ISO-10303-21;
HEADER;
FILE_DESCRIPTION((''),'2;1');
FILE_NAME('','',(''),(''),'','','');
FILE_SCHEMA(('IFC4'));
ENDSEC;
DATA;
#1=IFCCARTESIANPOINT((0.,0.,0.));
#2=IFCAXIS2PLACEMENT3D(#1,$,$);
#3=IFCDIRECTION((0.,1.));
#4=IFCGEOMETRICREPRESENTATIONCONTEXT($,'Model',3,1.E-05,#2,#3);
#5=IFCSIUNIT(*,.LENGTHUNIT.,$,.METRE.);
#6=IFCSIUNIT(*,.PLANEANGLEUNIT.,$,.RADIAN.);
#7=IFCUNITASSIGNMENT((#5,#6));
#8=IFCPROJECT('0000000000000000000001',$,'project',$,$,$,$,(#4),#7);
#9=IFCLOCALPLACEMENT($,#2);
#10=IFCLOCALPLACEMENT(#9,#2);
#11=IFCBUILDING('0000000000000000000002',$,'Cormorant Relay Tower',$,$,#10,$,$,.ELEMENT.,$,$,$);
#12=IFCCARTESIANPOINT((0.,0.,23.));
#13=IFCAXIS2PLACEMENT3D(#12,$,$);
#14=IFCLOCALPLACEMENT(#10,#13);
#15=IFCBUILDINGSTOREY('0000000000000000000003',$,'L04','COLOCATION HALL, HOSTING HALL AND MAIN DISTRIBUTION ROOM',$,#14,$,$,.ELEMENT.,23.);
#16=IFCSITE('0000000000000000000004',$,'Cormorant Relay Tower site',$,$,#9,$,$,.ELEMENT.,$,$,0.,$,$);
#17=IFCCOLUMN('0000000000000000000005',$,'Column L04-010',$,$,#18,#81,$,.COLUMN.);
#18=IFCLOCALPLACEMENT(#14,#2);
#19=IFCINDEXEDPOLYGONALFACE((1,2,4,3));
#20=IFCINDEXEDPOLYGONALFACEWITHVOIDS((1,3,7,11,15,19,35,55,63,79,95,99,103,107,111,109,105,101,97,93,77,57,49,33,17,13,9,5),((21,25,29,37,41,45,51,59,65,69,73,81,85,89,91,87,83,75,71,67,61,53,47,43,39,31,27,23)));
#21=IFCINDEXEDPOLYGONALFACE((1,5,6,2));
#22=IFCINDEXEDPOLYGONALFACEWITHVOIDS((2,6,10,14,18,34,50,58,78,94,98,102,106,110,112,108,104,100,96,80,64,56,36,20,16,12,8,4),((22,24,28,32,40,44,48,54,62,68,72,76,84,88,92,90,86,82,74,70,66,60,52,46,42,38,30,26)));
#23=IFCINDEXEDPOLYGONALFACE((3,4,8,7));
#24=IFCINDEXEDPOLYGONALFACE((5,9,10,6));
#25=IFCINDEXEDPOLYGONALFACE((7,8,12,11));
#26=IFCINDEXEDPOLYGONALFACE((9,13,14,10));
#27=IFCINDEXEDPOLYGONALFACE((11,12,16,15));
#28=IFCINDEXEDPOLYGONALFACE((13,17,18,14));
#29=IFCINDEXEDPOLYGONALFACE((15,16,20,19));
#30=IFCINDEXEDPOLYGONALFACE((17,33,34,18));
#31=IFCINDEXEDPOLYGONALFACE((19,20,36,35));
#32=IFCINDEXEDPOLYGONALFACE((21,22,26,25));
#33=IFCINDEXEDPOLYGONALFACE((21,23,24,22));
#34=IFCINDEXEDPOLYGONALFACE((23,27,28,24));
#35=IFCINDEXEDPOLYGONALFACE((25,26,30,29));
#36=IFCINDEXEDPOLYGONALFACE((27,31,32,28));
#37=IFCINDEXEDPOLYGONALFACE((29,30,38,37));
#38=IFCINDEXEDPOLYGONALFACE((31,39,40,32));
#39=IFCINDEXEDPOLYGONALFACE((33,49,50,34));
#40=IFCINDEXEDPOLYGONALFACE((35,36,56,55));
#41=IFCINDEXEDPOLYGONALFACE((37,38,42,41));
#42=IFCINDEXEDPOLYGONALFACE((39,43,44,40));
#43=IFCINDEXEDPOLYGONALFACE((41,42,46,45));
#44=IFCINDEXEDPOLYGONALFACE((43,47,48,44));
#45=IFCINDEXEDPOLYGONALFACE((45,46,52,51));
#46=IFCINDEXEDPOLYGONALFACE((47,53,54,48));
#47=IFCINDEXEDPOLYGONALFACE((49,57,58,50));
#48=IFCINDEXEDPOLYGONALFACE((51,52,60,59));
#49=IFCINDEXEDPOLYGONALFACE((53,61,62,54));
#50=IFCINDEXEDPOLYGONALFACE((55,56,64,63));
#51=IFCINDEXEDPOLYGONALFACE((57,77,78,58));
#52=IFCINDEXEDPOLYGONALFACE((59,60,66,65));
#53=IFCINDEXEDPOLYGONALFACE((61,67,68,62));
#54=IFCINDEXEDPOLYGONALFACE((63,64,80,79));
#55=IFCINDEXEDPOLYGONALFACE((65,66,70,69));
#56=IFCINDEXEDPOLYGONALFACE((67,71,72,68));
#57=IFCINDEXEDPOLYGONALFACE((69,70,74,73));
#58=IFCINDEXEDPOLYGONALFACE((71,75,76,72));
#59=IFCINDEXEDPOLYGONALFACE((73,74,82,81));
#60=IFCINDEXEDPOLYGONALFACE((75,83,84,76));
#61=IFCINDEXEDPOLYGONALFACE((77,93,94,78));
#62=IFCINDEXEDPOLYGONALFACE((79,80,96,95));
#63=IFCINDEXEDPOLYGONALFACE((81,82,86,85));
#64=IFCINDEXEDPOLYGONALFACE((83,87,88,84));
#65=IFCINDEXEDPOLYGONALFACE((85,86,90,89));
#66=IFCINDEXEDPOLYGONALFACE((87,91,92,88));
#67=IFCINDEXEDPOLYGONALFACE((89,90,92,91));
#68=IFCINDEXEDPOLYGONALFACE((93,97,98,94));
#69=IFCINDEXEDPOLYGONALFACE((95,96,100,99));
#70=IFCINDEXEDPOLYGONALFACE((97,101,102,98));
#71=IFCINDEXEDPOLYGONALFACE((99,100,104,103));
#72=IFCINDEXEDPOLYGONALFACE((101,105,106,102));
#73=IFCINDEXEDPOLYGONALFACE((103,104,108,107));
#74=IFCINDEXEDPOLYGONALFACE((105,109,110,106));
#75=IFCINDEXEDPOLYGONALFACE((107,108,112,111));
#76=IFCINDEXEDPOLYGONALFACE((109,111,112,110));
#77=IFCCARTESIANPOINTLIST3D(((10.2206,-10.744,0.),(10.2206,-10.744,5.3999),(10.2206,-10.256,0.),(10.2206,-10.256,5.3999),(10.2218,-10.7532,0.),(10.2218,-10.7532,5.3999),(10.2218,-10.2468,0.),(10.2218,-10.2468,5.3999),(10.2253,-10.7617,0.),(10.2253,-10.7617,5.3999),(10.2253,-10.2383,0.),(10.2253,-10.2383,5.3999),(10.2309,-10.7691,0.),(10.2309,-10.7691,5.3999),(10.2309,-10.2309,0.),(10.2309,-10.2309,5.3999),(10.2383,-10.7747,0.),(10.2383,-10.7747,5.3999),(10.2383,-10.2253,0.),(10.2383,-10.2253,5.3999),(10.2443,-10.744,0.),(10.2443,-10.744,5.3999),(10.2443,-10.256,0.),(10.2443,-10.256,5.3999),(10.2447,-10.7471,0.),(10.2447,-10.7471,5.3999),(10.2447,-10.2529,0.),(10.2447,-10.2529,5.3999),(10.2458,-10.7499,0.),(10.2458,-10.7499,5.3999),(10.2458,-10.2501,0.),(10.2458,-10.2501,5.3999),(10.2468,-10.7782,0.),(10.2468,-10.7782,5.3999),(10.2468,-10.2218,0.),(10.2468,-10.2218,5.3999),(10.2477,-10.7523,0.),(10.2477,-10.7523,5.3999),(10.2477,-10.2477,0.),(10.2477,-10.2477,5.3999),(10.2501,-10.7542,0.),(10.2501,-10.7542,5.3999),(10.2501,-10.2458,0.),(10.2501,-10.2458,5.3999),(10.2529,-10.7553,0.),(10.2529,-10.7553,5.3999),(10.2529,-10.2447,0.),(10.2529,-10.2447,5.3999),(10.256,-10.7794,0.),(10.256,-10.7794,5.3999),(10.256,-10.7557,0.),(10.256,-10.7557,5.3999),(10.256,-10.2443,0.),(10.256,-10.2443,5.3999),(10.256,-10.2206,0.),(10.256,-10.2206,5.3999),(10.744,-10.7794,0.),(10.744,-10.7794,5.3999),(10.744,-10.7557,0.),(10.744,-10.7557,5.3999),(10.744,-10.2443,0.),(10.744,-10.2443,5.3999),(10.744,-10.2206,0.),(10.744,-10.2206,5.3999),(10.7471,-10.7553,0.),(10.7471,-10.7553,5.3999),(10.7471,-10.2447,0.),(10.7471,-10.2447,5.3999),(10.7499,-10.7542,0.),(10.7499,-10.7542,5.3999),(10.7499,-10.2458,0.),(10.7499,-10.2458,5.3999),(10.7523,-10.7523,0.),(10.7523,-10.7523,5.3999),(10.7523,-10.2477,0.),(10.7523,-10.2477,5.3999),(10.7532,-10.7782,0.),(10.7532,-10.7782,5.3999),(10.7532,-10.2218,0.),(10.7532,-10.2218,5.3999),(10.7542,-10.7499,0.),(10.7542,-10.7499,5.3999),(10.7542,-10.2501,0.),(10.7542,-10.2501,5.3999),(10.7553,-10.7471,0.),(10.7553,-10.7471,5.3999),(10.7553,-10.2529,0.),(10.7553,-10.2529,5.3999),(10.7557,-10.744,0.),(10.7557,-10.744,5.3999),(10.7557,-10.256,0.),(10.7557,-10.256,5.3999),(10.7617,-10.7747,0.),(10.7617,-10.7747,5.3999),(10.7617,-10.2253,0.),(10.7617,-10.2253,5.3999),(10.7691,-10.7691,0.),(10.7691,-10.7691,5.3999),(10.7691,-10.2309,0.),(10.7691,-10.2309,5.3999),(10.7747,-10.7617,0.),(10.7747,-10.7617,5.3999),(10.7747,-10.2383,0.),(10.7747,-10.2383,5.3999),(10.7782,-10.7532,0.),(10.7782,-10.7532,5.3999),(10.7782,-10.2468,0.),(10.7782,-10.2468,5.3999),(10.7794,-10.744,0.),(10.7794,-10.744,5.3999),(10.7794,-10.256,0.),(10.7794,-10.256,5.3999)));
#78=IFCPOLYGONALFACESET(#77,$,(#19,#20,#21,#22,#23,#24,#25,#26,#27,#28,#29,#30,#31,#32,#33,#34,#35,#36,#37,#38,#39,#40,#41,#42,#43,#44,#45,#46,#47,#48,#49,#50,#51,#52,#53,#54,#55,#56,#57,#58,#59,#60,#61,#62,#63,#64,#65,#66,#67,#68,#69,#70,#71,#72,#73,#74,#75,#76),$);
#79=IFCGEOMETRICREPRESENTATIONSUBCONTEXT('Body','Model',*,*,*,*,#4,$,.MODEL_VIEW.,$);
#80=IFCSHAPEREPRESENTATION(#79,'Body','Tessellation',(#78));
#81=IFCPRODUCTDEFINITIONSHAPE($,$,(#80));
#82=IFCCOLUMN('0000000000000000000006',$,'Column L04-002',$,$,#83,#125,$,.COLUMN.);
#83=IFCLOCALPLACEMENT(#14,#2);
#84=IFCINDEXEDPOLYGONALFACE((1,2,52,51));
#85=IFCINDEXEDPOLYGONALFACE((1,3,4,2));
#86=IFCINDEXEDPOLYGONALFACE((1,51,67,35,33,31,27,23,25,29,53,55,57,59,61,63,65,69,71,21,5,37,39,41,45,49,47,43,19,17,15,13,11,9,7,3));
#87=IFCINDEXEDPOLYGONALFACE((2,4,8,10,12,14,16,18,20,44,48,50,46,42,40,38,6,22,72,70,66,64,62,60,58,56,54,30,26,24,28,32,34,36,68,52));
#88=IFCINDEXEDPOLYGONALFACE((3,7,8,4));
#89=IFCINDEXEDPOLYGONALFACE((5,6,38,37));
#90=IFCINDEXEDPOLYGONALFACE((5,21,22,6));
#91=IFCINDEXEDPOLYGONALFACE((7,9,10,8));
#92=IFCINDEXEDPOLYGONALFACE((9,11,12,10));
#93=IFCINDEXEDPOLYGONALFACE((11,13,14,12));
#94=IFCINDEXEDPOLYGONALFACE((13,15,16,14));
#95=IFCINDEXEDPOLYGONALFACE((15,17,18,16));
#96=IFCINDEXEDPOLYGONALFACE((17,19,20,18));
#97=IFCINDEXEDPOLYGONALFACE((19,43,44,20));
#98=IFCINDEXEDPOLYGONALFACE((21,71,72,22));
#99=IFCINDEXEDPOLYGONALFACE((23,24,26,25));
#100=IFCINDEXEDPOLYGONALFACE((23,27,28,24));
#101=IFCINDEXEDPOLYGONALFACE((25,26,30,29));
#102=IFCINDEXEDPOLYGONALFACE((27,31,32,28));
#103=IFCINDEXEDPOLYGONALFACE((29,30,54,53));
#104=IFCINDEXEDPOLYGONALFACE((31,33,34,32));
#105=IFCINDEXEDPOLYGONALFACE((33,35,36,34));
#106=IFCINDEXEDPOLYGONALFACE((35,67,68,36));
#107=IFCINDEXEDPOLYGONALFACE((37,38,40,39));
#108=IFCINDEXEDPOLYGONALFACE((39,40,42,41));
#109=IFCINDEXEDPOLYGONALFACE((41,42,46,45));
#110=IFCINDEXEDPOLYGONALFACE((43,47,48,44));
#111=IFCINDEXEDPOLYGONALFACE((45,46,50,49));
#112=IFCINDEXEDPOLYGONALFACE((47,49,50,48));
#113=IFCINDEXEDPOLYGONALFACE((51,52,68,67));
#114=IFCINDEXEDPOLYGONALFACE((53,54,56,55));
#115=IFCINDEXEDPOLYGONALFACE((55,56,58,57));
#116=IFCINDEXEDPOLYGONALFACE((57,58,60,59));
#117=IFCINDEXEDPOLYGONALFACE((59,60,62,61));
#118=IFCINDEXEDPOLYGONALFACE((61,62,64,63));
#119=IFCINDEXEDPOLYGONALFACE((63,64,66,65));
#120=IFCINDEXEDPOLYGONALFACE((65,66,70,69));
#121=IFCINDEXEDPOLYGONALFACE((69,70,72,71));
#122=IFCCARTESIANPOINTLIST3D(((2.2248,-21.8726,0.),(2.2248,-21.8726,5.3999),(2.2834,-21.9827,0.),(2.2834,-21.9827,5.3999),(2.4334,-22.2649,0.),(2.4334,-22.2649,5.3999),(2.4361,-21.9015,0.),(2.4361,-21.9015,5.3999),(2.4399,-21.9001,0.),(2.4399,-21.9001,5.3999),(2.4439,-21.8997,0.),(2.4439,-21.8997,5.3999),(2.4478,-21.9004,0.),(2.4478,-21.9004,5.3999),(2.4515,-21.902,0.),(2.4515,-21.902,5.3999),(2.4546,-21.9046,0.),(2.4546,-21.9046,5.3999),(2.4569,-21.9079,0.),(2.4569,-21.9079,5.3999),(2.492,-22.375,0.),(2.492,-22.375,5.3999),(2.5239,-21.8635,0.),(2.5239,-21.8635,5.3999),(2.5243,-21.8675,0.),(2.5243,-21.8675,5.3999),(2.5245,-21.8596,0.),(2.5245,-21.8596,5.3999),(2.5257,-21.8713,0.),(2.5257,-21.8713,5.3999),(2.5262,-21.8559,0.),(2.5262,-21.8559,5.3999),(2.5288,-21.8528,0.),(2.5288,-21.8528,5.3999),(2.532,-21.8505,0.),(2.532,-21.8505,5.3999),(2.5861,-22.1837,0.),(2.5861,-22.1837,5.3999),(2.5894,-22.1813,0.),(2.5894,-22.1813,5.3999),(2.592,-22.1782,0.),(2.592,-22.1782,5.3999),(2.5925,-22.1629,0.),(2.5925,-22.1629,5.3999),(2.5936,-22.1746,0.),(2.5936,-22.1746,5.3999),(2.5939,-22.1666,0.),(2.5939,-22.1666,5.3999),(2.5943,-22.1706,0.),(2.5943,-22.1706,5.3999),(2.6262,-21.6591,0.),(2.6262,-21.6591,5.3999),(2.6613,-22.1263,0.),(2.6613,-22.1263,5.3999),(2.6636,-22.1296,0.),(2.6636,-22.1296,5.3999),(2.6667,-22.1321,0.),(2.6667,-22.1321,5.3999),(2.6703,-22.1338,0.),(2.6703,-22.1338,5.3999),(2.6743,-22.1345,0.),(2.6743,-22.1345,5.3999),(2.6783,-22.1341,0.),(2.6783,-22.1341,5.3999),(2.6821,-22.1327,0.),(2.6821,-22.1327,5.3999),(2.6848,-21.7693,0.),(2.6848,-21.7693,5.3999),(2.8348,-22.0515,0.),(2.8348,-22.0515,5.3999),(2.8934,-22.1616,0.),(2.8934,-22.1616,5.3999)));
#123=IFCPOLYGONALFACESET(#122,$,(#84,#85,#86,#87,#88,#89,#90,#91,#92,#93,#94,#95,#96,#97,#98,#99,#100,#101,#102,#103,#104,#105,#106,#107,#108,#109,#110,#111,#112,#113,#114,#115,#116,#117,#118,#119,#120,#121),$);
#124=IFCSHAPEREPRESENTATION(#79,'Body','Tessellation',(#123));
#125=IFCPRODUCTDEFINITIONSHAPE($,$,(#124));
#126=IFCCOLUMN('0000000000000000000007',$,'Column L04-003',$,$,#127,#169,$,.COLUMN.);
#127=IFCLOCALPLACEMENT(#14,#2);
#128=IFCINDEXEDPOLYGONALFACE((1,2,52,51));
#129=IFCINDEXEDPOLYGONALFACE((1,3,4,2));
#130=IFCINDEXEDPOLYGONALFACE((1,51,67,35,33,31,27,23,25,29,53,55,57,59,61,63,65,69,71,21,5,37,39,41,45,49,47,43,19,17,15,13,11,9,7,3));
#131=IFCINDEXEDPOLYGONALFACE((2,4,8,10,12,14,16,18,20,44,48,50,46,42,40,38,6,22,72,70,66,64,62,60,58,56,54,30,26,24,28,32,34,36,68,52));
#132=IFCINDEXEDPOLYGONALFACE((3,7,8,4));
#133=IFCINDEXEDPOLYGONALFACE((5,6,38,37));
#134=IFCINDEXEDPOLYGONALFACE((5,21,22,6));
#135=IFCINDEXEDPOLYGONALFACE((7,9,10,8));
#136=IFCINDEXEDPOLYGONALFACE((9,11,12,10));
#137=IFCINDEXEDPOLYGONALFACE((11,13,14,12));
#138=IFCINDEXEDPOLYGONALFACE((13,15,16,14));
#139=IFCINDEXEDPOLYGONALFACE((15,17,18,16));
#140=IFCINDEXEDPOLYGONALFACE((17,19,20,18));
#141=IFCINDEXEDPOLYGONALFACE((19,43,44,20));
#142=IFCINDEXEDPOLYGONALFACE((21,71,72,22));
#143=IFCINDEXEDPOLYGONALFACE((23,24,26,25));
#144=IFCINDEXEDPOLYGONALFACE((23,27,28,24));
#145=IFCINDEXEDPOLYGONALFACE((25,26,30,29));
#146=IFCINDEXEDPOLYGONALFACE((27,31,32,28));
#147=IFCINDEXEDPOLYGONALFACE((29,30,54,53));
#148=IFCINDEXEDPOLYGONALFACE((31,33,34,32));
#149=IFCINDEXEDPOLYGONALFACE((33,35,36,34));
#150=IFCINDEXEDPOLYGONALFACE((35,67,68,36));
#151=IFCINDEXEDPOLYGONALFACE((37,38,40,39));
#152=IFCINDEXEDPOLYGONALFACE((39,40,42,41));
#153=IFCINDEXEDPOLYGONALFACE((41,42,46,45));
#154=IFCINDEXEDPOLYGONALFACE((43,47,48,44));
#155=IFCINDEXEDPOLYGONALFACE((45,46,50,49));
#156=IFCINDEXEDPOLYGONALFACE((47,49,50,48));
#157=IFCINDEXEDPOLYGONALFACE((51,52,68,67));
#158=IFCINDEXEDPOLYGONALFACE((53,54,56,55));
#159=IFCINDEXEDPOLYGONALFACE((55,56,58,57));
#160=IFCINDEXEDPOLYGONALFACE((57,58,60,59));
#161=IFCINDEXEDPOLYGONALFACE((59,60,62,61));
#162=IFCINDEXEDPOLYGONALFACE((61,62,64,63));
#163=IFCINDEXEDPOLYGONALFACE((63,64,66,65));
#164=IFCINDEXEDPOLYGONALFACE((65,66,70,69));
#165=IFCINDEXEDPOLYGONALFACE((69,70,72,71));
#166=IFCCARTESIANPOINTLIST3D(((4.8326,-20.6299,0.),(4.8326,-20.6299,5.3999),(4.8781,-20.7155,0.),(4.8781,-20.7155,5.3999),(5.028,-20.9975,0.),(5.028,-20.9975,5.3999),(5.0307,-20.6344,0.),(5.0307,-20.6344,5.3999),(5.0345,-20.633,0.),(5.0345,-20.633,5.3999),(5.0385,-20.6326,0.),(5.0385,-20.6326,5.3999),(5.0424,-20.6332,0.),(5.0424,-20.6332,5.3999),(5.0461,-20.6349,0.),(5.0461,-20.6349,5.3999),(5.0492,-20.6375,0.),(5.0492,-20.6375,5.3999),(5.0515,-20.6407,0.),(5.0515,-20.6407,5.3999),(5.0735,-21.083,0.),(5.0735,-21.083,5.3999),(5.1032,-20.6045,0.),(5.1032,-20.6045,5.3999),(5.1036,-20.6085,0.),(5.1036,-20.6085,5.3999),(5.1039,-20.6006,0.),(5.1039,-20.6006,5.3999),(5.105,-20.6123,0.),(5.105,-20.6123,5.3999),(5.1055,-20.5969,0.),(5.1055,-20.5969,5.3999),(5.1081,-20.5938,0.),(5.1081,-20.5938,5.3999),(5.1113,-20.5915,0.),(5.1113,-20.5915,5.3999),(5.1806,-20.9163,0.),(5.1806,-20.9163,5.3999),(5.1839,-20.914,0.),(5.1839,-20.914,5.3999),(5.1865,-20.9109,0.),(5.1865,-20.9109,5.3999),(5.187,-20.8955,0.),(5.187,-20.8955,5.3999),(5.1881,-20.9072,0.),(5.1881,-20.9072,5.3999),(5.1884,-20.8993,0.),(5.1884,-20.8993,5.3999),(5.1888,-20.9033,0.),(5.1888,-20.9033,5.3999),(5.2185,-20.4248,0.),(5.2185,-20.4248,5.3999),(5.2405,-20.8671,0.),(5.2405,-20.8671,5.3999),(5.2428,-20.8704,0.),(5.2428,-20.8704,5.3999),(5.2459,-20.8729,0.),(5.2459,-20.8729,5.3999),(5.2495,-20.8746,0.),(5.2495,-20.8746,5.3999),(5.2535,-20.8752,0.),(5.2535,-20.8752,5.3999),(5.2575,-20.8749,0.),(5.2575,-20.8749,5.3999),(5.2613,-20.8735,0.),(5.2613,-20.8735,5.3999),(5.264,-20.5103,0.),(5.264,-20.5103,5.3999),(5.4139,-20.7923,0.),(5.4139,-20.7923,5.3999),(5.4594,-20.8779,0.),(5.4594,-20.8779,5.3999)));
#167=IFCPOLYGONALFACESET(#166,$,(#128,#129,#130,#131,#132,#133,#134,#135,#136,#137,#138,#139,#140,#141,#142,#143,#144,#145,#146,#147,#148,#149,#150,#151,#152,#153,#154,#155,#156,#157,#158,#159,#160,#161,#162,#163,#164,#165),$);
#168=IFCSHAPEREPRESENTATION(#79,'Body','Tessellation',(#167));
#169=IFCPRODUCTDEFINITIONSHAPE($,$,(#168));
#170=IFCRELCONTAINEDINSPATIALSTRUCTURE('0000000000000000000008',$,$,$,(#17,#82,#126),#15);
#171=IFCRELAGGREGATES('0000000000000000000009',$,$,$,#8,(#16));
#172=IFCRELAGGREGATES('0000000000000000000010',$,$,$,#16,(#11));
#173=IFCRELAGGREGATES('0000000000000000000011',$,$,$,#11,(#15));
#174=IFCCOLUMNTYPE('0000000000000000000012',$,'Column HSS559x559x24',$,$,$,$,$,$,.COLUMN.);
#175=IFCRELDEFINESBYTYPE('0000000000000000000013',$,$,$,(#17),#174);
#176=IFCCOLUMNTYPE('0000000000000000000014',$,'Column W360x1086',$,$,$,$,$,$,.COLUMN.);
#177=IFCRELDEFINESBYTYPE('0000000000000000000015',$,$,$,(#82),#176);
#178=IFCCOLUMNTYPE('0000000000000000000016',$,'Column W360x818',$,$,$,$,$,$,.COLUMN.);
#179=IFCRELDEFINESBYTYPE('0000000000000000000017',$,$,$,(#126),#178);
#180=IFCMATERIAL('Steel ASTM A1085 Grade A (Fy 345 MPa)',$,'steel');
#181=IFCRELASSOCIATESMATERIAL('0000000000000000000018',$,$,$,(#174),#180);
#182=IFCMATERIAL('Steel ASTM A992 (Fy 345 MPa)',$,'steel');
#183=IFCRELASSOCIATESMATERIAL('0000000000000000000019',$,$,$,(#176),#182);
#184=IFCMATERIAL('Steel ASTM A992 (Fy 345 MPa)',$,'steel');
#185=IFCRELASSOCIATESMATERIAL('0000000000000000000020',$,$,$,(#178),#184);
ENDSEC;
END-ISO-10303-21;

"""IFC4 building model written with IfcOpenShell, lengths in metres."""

from ifc_helpers import new_model, si_unit, direction, frame, origin, origin_2d, place, context, subcontext, project, spatial, hollow_rectangle, i_section, extrude, material, material_profile, profile_set, type_object, element, save


model = new_model("IFC4")

# Units and contexts
model_context = context("Model", 3, precision=1e-05, world=origin(), true_north=direction((0.0, 1.0)))
body_context = subcontext(model_context, "Body", "Model", "MODEL_VIEW")
ifc_project = project(units=[si_unit("LENGTHUNIT", "METRE"), si_unit("PLANEANGLEUNIT", "RADIAN")], contexts=[model_context])

# Site, building, storey
site_placement = place(None, origin())
site = spatial("IfcSite", under=ifc_project, at=site_placement, Name="Cormorant Relay Tower site", CompositionType="ELEMENT", RefElevation=0.0)
building_placement = place(site_placement, origin())
building = spatial("IfcBuilding", under=site, at=building_placement, Name="Cormorant Relay Tower", CompositionType="ELEMENT")
storey_placement = place(building_placement, frame((0.0, 0.0, 23.0)))
storey = spatial("IfcBuildingStorey", under=building, at=storey_placement, Name="L04", Description="COLOCATION HALL, HOSTING HALL AND MAIN DISTRIBUTION ROOM", CompositionType="ELEMENT", Elevation=23.0)

# Columns
ifc_material_1 = material(Name="Steel ASTM A1085 Grade A (Fy 345 MPa)", Category="steel")
ifc_material_profile_1 = material_profile(ifc_material_1, hollow_rectangle(XDim=0.5588, YDim=0.5588, WallThickness=0.0237, InnerFilletRadius=0.0117, OuterFilletRadius=0.0354, at=origin_2d()), Name="HSS559x559x24")
ifc_profile_set_1 = profile_set([ifc_material_profile_1], Name="Steel ASTM A1085 Grade A (Fy 345 MPa)")
column_type_1 = type_object("IfcColumnType", Name="Column HSS559x559x24", PredefinedType="COLUMN", material=ifc_profile_set_1)
column_1_placement = place(storey_placement, frame((10.5, -10.5, 0.0), z_axis=(0.0, 0.0, 1.0), x_axis=(1.0, 0.0, 0.0)))
element("IfcColumn", 1, at=column_1_placement, inside=storey, type_object=column_type_1, Name="Column L04-010", PredefinedType="COLUMN", context=body_context, shape_type="SweptSolid", body=[
    extrude(hollow_rectangle(XDim=0.5588, YDim=0.5588, WallThickness=0.0237, InnerFilletRadius=0.0117, OuterFilletRadius=0.0354, at=origin_2d()), origin(), (0.0, 0.0, 1.0), 5.3999),
])
ifc_material_2 = material(Name="Steel ASTM A992 (Fy 345 MPa)", Category="steel")
ifc_material_profile_2 = material_profile(ifc_material_2, i_section(OverallWidth=0.4546, OverallDepth=0.5691, WebThickness=0.0779, FlangeThickness=0.1248, FilletRadius=0.0154, at=origin_2d()), Name="W360x1086")
ifc_profile_set_2 = profile_set([ifc_material_profile_2], Name="Steel ASTM A992 (Fy 345 MPa)")
column_type_2 = type_object("IfcColumnType", Name="Column W360x1086", PredefinedType="COLUMN", material=ifc_profile_set_2)
column_2_placement = place(storey_placement, frame((2.5591, -22.0171, 0.0), z_axis=(0.0, 0.0, 1.0), x_axis=(0.882948, 0.469472, 0.0)))
element("IfcColumn", 2, at=column_2_placement, inside=storey, type_object=column_type_2, Name="Column L04-002", PredefinedType="COLUMN", context=body_context, shape_type="SweptSolid", body=[
    extrude(i_section(OverallWidth=0.4546, OverallDepth=0.5691, WebThickness=0.0779, FlangeThickness=0.1248, FilletRadius=0.0154, at=origin_2d()), origin(), (0.0, 0.0, 1.0), 5.3999),
])
ifc_material_3 = material(Name="Steel ASTM A992 (Fy 345 MPa)", Category="steel")
ifc_material_profile_3 = material_profile(ifc_material_3, i_section(OverallWidth=0.437, OverallDepth=0.5132, WebThickness=0.0605, FlangeThickness=0.0969, FilletRadius=0.0154, at=origin_2d()), Name="W360x818")
ifc_profile_set_3 = profile_set([ifc_material_profile_3], Name="Steel ASTM A992 (Fy 345 MPa)")
column_type_3 = type_object("IfcColumnType", Name="Column W360x818", PredefinedType="COLUMN", material=ifc_profile_set_3)
for number, where, z_axis, x_axis, name in (
    (3, (5.146, -20.7539, 0.0), (0.0, 0.0, 1.0), (0.882948, 0.469472, 0.0), "Column L04-003"),
):
    element("IfcColumn", number, at=place(storey_placement, frame(where, z_axis=z_axis, x_axis=x_axis)), inside=storey, type_object=column_type_3, Name=name, PredefinedType="COLUMN", context=body_context, shape_type="SweptSolid", body=[
        extrude(i_section(OverallWidth=0.437, OverallDepth=0.5132, WebThickness=0.0605, FlangeThickness=0.0969, FilletRadius=0.0154, at=origin_2d()), origin(), (0.0, 0.0, 1.0), 5.3999),
    ])

save(model, "model.ifc")
